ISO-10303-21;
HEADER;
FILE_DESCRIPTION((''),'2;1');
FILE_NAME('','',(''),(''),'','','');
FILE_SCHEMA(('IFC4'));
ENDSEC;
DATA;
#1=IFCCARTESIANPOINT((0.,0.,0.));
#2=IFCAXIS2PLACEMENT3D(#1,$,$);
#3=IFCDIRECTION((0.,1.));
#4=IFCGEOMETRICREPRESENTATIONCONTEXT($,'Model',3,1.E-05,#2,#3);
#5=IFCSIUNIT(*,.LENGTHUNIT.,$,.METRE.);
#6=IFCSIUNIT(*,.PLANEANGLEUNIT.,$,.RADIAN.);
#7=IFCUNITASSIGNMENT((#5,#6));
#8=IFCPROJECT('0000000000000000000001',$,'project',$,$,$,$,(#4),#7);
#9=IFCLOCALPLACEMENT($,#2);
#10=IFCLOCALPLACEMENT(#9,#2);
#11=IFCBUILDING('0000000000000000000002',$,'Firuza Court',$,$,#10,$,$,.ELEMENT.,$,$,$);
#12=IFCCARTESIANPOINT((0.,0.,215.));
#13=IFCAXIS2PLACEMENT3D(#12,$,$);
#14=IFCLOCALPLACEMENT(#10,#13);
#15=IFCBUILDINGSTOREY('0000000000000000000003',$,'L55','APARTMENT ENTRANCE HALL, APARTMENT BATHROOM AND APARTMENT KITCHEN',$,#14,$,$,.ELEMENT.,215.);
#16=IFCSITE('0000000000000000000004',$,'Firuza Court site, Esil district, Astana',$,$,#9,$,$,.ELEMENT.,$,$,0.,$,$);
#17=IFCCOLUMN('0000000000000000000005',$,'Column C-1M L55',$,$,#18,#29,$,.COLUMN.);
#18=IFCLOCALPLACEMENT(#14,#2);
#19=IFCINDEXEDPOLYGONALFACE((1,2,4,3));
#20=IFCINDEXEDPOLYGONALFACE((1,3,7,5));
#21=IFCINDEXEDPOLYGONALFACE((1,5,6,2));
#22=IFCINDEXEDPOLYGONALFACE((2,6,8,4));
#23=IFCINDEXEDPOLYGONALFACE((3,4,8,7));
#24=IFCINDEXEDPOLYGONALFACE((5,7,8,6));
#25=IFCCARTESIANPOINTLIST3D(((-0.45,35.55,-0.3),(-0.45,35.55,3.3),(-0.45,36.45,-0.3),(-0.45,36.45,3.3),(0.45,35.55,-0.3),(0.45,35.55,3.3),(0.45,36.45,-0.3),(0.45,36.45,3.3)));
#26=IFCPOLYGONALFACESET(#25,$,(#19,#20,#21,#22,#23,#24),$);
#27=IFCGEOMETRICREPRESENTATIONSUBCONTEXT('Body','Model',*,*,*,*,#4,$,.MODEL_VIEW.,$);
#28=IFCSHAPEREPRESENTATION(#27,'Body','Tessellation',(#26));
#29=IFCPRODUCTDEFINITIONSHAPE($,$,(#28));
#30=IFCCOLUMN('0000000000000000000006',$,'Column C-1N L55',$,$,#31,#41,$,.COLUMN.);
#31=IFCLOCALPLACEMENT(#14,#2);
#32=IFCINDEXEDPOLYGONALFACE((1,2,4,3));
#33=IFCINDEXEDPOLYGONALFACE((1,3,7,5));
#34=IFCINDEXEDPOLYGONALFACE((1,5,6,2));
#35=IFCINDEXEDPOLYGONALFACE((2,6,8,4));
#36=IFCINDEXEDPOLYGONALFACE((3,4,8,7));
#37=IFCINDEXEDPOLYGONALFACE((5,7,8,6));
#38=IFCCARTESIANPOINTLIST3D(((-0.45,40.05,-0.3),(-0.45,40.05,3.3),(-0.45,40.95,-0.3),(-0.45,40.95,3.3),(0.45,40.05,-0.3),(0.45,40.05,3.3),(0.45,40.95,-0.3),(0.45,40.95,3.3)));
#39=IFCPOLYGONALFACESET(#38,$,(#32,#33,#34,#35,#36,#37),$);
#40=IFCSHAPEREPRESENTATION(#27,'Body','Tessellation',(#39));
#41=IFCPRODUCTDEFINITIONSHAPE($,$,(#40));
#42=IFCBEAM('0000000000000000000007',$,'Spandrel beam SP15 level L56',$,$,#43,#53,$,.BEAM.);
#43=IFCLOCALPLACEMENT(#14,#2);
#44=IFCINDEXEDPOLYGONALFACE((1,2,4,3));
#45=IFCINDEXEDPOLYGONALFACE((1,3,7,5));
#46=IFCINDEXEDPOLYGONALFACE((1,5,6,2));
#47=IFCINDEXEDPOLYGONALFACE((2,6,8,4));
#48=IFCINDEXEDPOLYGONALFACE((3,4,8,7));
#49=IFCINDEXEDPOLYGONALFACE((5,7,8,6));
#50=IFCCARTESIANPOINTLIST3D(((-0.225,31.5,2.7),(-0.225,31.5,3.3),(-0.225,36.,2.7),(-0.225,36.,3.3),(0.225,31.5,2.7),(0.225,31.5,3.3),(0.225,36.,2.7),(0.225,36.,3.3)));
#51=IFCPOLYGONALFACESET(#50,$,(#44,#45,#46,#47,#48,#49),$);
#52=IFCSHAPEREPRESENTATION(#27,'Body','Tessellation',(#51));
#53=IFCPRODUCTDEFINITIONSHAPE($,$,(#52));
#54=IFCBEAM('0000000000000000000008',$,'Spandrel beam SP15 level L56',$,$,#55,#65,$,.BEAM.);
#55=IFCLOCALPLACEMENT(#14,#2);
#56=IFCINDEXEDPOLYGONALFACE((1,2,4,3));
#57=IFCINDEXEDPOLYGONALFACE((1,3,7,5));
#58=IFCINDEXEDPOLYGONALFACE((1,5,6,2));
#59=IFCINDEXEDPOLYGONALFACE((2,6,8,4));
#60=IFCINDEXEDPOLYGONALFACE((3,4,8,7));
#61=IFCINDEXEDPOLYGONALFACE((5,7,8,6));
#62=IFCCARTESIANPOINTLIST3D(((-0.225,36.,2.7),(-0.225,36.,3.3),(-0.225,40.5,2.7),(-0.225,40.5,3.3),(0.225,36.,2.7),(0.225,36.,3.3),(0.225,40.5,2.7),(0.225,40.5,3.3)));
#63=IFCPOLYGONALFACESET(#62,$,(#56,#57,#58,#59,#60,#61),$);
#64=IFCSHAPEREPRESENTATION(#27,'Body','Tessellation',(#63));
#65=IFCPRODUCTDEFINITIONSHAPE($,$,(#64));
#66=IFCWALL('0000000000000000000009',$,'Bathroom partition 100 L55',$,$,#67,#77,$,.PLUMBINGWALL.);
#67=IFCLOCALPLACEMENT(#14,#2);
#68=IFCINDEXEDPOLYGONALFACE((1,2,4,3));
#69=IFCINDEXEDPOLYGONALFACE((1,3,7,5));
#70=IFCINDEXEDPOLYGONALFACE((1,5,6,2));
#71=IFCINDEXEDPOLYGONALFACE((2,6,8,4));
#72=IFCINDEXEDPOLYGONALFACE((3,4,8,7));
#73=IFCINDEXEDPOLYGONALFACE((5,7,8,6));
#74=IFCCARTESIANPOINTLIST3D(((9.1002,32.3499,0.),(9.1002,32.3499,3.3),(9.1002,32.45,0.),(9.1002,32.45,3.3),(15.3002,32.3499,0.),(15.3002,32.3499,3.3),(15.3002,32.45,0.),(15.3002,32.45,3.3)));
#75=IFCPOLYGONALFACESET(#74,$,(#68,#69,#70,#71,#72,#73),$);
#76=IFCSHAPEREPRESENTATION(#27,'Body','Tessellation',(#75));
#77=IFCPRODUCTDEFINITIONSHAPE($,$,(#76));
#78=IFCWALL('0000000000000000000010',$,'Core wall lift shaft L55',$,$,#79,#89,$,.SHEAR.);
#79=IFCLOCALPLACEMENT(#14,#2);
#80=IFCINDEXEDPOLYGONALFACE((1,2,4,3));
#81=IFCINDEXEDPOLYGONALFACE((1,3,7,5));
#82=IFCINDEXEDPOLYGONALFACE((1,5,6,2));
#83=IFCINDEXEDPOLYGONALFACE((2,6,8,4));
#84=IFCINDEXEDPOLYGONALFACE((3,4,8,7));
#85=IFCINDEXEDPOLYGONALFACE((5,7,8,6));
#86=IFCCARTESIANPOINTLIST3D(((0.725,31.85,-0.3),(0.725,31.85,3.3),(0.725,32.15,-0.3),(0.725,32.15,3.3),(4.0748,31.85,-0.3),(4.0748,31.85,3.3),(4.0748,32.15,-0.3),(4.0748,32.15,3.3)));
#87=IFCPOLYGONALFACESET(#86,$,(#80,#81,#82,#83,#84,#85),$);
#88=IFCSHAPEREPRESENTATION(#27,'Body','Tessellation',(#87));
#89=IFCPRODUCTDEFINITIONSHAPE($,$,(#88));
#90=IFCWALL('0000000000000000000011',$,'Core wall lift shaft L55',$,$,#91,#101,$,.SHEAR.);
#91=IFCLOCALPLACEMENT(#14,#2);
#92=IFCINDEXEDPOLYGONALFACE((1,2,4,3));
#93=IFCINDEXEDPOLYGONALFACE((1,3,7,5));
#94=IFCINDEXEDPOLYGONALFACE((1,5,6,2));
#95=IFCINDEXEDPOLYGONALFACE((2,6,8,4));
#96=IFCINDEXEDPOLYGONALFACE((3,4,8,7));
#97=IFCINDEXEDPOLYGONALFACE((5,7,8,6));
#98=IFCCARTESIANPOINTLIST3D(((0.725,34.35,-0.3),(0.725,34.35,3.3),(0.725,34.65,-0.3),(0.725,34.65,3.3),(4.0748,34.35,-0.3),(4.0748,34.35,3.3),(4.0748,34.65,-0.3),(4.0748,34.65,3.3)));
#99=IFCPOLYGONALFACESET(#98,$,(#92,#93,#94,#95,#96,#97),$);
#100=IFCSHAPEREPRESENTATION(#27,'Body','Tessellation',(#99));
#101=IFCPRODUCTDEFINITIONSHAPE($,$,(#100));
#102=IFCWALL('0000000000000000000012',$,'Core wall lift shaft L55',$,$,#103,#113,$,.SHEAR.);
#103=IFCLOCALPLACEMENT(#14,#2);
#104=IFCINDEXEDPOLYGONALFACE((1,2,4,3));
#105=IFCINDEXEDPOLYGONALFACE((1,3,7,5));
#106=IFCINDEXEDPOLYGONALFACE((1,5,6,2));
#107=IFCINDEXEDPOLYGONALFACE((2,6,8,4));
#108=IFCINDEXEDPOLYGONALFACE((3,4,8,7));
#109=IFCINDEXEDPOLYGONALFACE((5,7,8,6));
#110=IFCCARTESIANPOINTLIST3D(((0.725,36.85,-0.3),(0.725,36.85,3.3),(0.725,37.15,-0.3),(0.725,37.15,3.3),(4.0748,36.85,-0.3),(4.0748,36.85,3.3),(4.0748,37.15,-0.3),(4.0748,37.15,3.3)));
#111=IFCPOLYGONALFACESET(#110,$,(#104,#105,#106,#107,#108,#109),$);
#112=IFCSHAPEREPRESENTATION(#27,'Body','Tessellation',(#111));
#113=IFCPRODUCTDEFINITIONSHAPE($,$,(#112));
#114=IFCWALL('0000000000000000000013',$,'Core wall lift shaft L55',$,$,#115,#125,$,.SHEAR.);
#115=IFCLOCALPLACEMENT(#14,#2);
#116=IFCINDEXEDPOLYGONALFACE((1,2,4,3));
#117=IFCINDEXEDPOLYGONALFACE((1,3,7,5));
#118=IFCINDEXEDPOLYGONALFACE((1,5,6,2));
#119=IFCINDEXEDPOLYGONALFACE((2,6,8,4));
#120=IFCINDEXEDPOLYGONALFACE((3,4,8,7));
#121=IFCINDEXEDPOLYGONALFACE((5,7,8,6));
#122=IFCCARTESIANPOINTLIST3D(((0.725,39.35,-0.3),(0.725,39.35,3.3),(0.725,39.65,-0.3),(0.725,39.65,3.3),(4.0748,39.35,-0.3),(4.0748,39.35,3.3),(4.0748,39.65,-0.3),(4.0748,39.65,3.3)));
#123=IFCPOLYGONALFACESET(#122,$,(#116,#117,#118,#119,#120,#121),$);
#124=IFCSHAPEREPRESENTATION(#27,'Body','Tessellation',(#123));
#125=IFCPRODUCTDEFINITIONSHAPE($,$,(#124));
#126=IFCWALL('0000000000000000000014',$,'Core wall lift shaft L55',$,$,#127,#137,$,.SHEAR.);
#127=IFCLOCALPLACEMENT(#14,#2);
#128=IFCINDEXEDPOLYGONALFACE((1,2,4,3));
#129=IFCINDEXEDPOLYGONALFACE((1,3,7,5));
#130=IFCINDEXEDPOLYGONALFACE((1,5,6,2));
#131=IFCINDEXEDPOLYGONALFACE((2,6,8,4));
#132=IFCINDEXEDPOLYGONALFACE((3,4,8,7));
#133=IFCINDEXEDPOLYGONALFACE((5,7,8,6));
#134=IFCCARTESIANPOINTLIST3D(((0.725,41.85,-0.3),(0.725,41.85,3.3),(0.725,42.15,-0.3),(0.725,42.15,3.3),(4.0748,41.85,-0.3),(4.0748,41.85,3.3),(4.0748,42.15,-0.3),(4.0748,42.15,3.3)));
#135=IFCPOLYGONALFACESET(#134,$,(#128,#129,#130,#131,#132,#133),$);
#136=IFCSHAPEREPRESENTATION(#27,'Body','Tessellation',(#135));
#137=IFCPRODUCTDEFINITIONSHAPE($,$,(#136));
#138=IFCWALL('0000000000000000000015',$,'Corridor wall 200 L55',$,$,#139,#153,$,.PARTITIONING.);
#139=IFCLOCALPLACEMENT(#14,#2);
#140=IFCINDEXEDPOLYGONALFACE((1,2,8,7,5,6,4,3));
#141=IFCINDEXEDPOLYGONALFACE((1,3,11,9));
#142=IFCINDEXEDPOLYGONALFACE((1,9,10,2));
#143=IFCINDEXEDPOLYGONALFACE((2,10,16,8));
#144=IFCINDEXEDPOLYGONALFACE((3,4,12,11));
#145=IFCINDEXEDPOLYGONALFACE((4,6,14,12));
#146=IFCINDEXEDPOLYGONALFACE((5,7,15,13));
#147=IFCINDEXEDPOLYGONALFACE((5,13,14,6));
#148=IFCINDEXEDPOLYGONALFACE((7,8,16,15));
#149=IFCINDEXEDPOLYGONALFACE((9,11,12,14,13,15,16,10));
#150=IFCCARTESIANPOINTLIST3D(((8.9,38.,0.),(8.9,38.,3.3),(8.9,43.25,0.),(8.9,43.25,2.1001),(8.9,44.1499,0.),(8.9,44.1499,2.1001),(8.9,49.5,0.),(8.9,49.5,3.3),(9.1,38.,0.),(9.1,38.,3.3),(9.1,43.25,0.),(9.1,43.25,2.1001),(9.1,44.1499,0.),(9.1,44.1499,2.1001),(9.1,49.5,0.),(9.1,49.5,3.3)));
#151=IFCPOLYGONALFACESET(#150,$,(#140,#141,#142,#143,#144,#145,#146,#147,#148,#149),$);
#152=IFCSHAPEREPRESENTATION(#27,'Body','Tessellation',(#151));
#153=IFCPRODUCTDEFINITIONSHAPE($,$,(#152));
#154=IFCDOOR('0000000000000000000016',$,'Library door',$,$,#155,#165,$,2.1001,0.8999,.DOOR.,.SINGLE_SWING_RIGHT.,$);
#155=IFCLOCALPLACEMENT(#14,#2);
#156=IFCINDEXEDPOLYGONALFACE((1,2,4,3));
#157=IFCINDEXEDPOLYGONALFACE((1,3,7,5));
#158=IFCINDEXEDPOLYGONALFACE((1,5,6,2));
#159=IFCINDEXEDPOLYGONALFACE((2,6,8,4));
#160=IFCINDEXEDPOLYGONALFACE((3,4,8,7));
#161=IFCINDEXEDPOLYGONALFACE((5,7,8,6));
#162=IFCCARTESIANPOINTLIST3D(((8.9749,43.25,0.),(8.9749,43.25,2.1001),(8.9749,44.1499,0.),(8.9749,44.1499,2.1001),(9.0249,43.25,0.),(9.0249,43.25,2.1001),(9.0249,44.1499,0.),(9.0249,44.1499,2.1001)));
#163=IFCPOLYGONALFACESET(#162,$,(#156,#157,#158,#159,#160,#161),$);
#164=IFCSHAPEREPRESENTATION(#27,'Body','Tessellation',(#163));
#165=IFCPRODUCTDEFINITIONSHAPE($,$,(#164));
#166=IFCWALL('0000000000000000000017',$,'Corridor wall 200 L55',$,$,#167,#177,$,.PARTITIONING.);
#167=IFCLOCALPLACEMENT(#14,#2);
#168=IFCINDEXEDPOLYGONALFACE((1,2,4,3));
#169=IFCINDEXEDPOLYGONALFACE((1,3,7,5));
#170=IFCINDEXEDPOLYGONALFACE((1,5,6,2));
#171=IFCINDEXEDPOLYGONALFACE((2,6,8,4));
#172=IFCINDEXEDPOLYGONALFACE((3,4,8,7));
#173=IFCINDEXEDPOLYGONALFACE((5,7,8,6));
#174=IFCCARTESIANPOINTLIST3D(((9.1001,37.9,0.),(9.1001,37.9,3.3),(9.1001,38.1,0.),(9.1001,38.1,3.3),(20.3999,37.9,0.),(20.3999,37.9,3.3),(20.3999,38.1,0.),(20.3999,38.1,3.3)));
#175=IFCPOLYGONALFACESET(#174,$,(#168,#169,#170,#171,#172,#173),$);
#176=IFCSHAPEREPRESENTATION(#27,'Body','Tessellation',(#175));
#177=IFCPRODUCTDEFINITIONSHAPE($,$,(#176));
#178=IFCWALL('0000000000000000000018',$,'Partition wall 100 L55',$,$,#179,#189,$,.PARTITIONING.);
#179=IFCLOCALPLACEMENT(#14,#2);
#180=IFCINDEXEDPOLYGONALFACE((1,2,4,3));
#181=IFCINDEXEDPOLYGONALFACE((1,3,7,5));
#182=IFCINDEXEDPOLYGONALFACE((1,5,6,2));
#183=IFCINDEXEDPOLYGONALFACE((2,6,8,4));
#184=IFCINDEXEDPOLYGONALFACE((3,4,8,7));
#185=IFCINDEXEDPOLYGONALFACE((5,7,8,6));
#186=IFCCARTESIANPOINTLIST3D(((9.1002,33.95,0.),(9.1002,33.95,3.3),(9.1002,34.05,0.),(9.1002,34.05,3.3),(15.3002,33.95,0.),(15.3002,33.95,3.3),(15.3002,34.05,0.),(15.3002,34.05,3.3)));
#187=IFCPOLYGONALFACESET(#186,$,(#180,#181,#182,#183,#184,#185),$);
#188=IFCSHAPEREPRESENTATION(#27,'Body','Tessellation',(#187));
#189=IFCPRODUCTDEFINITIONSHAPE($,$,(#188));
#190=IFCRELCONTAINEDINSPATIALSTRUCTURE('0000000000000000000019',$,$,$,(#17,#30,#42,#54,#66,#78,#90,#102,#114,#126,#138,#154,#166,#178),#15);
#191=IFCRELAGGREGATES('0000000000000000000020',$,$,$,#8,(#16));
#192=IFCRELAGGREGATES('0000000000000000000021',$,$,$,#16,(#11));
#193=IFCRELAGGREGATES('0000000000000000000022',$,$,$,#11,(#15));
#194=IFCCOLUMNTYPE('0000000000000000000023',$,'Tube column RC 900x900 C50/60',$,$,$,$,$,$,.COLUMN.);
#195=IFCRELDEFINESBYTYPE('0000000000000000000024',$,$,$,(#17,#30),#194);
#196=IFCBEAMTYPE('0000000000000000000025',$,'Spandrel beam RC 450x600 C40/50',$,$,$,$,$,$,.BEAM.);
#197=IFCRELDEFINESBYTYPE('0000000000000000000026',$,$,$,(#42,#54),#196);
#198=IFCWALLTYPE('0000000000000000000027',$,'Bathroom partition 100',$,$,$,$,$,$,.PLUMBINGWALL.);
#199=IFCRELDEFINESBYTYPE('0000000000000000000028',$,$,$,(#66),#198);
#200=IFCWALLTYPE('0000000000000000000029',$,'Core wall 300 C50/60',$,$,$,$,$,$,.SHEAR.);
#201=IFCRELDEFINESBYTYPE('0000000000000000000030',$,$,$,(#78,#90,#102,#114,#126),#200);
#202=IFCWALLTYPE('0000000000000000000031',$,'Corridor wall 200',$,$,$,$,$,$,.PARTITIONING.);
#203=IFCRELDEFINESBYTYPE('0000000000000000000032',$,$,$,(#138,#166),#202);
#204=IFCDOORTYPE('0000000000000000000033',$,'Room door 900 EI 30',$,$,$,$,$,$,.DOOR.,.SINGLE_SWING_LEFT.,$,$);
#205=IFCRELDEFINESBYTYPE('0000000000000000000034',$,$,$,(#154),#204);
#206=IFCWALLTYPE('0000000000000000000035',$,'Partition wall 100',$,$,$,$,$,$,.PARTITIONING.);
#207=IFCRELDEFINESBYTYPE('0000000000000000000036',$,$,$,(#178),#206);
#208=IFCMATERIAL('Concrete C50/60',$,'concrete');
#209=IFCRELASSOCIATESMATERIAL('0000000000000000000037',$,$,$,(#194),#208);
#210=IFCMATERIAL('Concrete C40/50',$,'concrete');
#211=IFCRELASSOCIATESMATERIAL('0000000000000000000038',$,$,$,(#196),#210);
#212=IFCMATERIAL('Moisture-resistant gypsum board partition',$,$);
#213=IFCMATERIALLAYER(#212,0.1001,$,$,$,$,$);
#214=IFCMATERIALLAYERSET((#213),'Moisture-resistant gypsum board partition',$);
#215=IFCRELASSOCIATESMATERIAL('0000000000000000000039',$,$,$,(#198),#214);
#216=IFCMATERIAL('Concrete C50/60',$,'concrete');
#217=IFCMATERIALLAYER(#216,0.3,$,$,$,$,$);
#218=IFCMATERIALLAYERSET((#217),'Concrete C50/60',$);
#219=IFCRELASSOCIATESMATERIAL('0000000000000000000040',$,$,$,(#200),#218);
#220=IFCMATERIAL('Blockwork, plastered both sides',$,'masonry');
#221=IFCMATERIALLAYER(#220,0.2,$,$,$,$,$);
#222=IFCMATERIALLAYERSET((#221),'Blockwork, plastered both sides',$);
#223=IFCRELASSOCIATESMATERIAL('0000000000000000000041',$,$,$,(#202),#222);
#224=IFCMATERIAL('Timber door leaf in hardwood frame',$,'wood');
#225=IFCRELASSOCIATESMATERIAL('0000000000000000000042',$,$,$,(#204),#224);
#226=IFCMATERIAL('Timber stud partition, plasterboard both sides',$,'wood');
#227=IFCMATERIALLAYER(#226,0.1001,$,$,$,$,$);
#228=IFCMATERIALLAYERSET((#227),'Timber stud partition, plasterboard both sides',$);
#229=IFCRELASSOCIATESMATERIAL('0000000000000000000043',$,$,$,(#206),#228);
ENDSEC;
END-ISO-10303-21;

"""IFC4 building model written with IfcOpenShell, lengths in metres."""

from ifc_helpers import new_model, si_unit, direction, frame, frame_2d, origin, origin_2d, place, context, subcontext, project, spatial, rectangle, extrude, material, layer, layer_set, material_profile, profile_set, type_object, element, fill, save


model = new_model("IFC4")

# Units and contexts
model_context = context("Model", 3, precision=1e-05, world=origin(), true_north=direction((0.0, 1.0)))
body_context = subcontext(model_context, "Body", "Model", "MODEL_VIEW")
ifc_project = project(units=[si_unit("LENGTHUNIT", "METRE"), si_unit("PLANEANGLEUNIT", "RADIAN")], contexts=[model_context])

# Site, building, storey
site_placement = place(None, origin())
site = spatial("IfcSite", under=ifc_project, at=site_placement, Name="Firuza Court site, Esil district, Astana", CompositionType="ELEMENT", RefElevation=0.0)
building_placement = place(site_placement, origin())
building = spatial("IfcBuilding", under=site, at=building_placement, Name="Firuza Court", CompositionType="ELEMENT")
storey_placement = place(building_placement, frame((0.0, 0.0, 215.0)))
storey = spatial("IfcBuildingStorey", under=building, at=storey_placement, Name="L55", Description="APARTMENT ENTRANCE HALL, APARTMENT BATHROOM AND APARTMENT KITCHEN", CompositionType="ELEMENT", Elevation=215.0)

# Columns
ifc_material_1 = material(Name="Concrete C50/60", Category="concrete")
ifc_material_profile_1 = material_profile(ifc_material_1, rectangle(XDim=0.8999, YDim=0.8999, at=origin_2d()), Name="RC 900x900")
ifc_profile_set_1 = profile_set([ifc_material_profile_1], Name="Concrete C50/60")
column_type = type_object("IfcColumnType", Name="Tube column RC 900x900 C50/60", PredefinedType="COLUMN", material=ifc_profile_set_1)
for number, where, z_axis, x_axis, name in (
    (1, (0.0, 36.0, -0.3), (0.0, 0.0, 1.0), (1.0, 0.0, 0.0), "Column C-1M L55"),
    (2, (0.0, 40.5, -0.3), (0.0, 0.0, 1.0), (1.0, 0.0, 0.0), "Column C-1N L55"),
):
    element("IfcColumn", number, at=place(storey_placement, frame(where, z_axis=z_axis, x_axis=x_axis)), inside=storey, type_object=column_type, Name=name, PredefinedType="COLUMN", context=body_context, shape_type="SweptSolid", body=[
        extrude(rectangle(XDim=0.8999, YDim=0.8999, at=origin_2d()), origin(), (0.0, 0.0, 1.0), 3.6001),
    ])

# Beams
ifc_material_2 = material(Name="Concrete C40/50", Category="concrete")
ifc_material_profile_2 = material_profile(ifc_material_2, rectangle(XDim=0.45, YDim=0.6001, at=origin_2d()), Name="RC 450x600")
ifc_profile_set_2 = profile_set([ifc_material_profile_2], Name="Concrete C40/50")
beam_type = type_object("IfcBeamType", Name="Spandrel beam RC 450x600 C40/50", PredefinedType="BEAM", material=ifc_profile_set_2)
for number, where, z_axis, x_axis, name in (
    (3, (0.0, 36.0, 3.0), (0.0, -1.0, 0.0), (1.0, 0.0, 0.0), "Spandrel beam SP15 level L56"),
    (4, (0.0, 40.5, 3.0), (0.0, -1.0, 0.0), (1.0, 0.0, 0.0), "Spandrel beam SP15 level L56"),
):
    element("IfcBeam", number, at=place(storey_placement, frame(where, z_axis=z_axis, x_axis=x_axis)), inside=storey, type_object=beam_type, Name=name, PredefinedType="BEAM", context=body_context, shape_type="SweptSolid", body=[
        extrude(rectangle(XDim=0.45, YDim=0.6001, at=origin_2d()), origin(), (0.0, 0.0, 1.0), 4.5),
    ])

# Walls
ifc_material_3 = material(Name="Moisture-resistant gypsum board partition")
ifc_layer_1 = layer(ifc_material_3, 0.1001)
ifc_layer_set_1 = layer_set([ifc_layer_1], Name="Moisture-resistant gypsum board partition")
wall_type_1 = type_object("IfcWallType", Name="Bathroom partition 100", PredefinedType="PLUMBINGWALL", material=ifc_layer_set_1)
wall_1_placement = place(storey_placement, frame((9.1001, 32.3999, 0.0), z_axis=(0.0, 0.0, 1.0), x_axis=(1.0, 0.0, 0.0)))
element("IfcWall", 5, at=wall_1_placement, inside=storey, type_object=wall_type_1, Name="Bathroom partition 100 L55", PredefinedType="PLUMBINGWALL", context=body_context, shape_type="SweptSolid", body=[
    extrude(rectangle(XDim=6.2, YDim=0.1001, at=frame_2d((3.1001, 0.0))), origin(), (0.0, 0.0, 1.0), 3.3),
])
ifc_material_4 = material(Name="Concrete C50/60", Category="concrete")
ifc_layer_2 = layer(ifc_material_4, 0.3)
ifc_layer_set_2 = layer_set([ifc_layer_2], Name="Concrete C50/60")
wall_type_2 = type_object("IfcWallType", Name="Core wall 300 C50/60", PredefinedType="SHEAR", material=ifc_layer_set_2)
for number, where, z_axis, x_axis, name in (
    (6, (0.7251, 32.0, -0.3), (0.0, 0.0, 1.0), (1.0, 0.0, 0.0), "Core wall lift shaft L55"),
    (7, (0.7251, 34.5, -0.3), (0.0, 0.0, 1.0), (1.0, 0.0, 0.0), "Core wall lift shaft L55"),
    (8, (0.7251, 37.0, -0.3), (0.0, 0.0, 1.0), (1.0, 0.0, 0.0), "Core wall lift shaft L55"),
    (9, (0.7251, 39.5, -0.3), (0.0, 0.0, 1.0), (1.0, 0.0, 0.0), "Core wall lift shaft L55"),
    (10, (0.7251, 42.0, -0.3), (0.0, 0.0, 1.0), (1.0, 0.0, 0.0), "Core wall lift shaft L55"),
):
    element("IfcWall", number, at=place(storey_placement, frame(where, z_axis=z_axis, x_axis=x_axis)), inside=storey, type_object=wall_type_2, Name=name, PredefinedType="SHEAR", context=body_context, shape_type="SweptSolid", body=[
        extrude(rectangle(XDim=3.3499, YDim=0.3, at=frame_2d((1.6748, 0.0))), origin(), (0.0, 0.0, 1.0), 3.6001),
    ])

# Wall, opening, door
ifc_material_5 = material(Name="Blockwork, plastered both sides", Category="masonry")
ifc_layer_3 = layer(ifc_material_5, 0.2)
ifc_layer_set_3 = layer_set([ifc_layer_3], Name="Blockwork, plastered both sides")
wall_type_3 = type_object("IfcWallType", Name="Corridor wall 200", PredefinedType="PARTITIONING", material=ifc_layer_set_3)
wall_2_placement = place(storey_placement, frame((9.0, 38.0, 0.0), z_axis=(0.0, 0.0, 1.0), x_axis=(0.0, 1.0, 0.0)))
wall_2 = element("IfcWall", 11, at=wall_2_placement, inside=storey, type_object=wall_type_3, Name="Corridor wall 200 L55", PredefinedType="PARTITIONING", context=body_context, shape_type="SweptSolid", body=[
    extrude(rectangle(XDim=11.5, YDim=0.2, at=frame_2d((5.75, 0.0))), origin(), (0.0, 0.0, 1.0), 3.3),
])
opening_1_placement = place(wall_2_placement, frame((5.25, 0.0, 0.0)))
opening_1 = element("IfcOpeningElement", 12, at=opening_1_placement, cuts=wall_2, PredefinedType="OPENING", context=body_context, shape_type="SweptSolid", body=[
    extrude(rectangle(XDim=0.8999, YDim=2.1001, at=frame_2d((0.45, 1.05))), frame((0.0, 0.1118, 0.0), z_axis=(0.0, -1.0, 0.0), x_axis=(1.0, 0.0, 0.0)), (0.0, 0.0, 1.0), 0.2239),
])
ifc_material_6 = material(Name="Timber door leaf in hardwood frame", Category="wood")
door_type_1 = type_object("IfcDoorType", Name="Room door 900 EI 30", OperationType="SINGLE_SWING_LEFT", PredefinedType="DOOR", material=ifc_material_6)
door_1_placement = place(opening_1_placement, frame((0.8999, 0.0, 0.0), z_axis=(0.0, 0.0, 1.0), x_axis=(-1.0, 0.0, 0.0)))
door_1 = element("IfcDoor", 13, at=door_1_placement, inside=storey, type_object=door_type_1, Name="Library door", OperationType="SINGLE_SWING_RIGHT", OverallHeight=2.1001, OverallWidth=0.8999, PredefinedType="DOOR", context=body_context, shape_type="SweptSolid", body=[
    extrude(rectangle(XDim=0.8999, YDim=2.1001, at=frame_2d((0.45, 1.05))), frame((0.0, 0.0249, 0.0), z_axis=(0.0, -1.0, 0.0), x_axis=(1.0, 0.0, 0.0)), (0.0, 0.0, 1.0), 0.05),
])
fill(opening_1, door_1)

# Walls
wall_3_placement = place(storey_placement, frame((9.1001, 38.0, 0.0), z_axis=(0.0, 0.0, 1.0), x_axis=(1.0, 0.0, 0.0)))
element("IfcWall", 14, at=wall_3_placement, inside=storey, type_object=wall_type_3, Name="Corridor wall 200 L55", PredefinedType="PARTITIONING", context=body_context, shape_type="SweptSolid", body=[
    extrude(rectangle(XDim=11.2998, YDim=0.2, at=frame_2d((5.6499, 0.0))), origin(), (0.0, 0.0, 1.0), 3.3),
])
ifc_material_7 = material(Name="Timber stud partition, plasterboard both sides", Category="wood")
ifc_layer_4 = layer(ifc_material_7, 0.1001)
ifc_layer_set_4 = layer_set([ifc_layer_4], Name="Timber stud partition, plasterboard both sides")
wall_type_4 = type_object("IfcWallType", Name="Partition wall 100", PredefinedType="PARTITIONING", material=ifc_layer_set_4)
wall_4_placement = place(storey_placement, frame((9.1001, 34.0, 0.0), z_axis=(0.0, 0.0, 1.0), x_axis=(1.0, 0.0, 0.0)))
element("IfcWall", 15, at=wall_4_placement, inside=storey, type_object=wall_type_4, Name="Partition wall 100 L55", PredefinedType="PARTITIONING", context=body_context, shape_type="SweptSolid", body=[
    extrude(rectangle(XDim=6.2, YDim=0.1001, at=frame_2d((3.1001, 0.0))), origin(), (0.0, 0.0, 1.0), 3.3),
])

save(model, "model.ifc")
